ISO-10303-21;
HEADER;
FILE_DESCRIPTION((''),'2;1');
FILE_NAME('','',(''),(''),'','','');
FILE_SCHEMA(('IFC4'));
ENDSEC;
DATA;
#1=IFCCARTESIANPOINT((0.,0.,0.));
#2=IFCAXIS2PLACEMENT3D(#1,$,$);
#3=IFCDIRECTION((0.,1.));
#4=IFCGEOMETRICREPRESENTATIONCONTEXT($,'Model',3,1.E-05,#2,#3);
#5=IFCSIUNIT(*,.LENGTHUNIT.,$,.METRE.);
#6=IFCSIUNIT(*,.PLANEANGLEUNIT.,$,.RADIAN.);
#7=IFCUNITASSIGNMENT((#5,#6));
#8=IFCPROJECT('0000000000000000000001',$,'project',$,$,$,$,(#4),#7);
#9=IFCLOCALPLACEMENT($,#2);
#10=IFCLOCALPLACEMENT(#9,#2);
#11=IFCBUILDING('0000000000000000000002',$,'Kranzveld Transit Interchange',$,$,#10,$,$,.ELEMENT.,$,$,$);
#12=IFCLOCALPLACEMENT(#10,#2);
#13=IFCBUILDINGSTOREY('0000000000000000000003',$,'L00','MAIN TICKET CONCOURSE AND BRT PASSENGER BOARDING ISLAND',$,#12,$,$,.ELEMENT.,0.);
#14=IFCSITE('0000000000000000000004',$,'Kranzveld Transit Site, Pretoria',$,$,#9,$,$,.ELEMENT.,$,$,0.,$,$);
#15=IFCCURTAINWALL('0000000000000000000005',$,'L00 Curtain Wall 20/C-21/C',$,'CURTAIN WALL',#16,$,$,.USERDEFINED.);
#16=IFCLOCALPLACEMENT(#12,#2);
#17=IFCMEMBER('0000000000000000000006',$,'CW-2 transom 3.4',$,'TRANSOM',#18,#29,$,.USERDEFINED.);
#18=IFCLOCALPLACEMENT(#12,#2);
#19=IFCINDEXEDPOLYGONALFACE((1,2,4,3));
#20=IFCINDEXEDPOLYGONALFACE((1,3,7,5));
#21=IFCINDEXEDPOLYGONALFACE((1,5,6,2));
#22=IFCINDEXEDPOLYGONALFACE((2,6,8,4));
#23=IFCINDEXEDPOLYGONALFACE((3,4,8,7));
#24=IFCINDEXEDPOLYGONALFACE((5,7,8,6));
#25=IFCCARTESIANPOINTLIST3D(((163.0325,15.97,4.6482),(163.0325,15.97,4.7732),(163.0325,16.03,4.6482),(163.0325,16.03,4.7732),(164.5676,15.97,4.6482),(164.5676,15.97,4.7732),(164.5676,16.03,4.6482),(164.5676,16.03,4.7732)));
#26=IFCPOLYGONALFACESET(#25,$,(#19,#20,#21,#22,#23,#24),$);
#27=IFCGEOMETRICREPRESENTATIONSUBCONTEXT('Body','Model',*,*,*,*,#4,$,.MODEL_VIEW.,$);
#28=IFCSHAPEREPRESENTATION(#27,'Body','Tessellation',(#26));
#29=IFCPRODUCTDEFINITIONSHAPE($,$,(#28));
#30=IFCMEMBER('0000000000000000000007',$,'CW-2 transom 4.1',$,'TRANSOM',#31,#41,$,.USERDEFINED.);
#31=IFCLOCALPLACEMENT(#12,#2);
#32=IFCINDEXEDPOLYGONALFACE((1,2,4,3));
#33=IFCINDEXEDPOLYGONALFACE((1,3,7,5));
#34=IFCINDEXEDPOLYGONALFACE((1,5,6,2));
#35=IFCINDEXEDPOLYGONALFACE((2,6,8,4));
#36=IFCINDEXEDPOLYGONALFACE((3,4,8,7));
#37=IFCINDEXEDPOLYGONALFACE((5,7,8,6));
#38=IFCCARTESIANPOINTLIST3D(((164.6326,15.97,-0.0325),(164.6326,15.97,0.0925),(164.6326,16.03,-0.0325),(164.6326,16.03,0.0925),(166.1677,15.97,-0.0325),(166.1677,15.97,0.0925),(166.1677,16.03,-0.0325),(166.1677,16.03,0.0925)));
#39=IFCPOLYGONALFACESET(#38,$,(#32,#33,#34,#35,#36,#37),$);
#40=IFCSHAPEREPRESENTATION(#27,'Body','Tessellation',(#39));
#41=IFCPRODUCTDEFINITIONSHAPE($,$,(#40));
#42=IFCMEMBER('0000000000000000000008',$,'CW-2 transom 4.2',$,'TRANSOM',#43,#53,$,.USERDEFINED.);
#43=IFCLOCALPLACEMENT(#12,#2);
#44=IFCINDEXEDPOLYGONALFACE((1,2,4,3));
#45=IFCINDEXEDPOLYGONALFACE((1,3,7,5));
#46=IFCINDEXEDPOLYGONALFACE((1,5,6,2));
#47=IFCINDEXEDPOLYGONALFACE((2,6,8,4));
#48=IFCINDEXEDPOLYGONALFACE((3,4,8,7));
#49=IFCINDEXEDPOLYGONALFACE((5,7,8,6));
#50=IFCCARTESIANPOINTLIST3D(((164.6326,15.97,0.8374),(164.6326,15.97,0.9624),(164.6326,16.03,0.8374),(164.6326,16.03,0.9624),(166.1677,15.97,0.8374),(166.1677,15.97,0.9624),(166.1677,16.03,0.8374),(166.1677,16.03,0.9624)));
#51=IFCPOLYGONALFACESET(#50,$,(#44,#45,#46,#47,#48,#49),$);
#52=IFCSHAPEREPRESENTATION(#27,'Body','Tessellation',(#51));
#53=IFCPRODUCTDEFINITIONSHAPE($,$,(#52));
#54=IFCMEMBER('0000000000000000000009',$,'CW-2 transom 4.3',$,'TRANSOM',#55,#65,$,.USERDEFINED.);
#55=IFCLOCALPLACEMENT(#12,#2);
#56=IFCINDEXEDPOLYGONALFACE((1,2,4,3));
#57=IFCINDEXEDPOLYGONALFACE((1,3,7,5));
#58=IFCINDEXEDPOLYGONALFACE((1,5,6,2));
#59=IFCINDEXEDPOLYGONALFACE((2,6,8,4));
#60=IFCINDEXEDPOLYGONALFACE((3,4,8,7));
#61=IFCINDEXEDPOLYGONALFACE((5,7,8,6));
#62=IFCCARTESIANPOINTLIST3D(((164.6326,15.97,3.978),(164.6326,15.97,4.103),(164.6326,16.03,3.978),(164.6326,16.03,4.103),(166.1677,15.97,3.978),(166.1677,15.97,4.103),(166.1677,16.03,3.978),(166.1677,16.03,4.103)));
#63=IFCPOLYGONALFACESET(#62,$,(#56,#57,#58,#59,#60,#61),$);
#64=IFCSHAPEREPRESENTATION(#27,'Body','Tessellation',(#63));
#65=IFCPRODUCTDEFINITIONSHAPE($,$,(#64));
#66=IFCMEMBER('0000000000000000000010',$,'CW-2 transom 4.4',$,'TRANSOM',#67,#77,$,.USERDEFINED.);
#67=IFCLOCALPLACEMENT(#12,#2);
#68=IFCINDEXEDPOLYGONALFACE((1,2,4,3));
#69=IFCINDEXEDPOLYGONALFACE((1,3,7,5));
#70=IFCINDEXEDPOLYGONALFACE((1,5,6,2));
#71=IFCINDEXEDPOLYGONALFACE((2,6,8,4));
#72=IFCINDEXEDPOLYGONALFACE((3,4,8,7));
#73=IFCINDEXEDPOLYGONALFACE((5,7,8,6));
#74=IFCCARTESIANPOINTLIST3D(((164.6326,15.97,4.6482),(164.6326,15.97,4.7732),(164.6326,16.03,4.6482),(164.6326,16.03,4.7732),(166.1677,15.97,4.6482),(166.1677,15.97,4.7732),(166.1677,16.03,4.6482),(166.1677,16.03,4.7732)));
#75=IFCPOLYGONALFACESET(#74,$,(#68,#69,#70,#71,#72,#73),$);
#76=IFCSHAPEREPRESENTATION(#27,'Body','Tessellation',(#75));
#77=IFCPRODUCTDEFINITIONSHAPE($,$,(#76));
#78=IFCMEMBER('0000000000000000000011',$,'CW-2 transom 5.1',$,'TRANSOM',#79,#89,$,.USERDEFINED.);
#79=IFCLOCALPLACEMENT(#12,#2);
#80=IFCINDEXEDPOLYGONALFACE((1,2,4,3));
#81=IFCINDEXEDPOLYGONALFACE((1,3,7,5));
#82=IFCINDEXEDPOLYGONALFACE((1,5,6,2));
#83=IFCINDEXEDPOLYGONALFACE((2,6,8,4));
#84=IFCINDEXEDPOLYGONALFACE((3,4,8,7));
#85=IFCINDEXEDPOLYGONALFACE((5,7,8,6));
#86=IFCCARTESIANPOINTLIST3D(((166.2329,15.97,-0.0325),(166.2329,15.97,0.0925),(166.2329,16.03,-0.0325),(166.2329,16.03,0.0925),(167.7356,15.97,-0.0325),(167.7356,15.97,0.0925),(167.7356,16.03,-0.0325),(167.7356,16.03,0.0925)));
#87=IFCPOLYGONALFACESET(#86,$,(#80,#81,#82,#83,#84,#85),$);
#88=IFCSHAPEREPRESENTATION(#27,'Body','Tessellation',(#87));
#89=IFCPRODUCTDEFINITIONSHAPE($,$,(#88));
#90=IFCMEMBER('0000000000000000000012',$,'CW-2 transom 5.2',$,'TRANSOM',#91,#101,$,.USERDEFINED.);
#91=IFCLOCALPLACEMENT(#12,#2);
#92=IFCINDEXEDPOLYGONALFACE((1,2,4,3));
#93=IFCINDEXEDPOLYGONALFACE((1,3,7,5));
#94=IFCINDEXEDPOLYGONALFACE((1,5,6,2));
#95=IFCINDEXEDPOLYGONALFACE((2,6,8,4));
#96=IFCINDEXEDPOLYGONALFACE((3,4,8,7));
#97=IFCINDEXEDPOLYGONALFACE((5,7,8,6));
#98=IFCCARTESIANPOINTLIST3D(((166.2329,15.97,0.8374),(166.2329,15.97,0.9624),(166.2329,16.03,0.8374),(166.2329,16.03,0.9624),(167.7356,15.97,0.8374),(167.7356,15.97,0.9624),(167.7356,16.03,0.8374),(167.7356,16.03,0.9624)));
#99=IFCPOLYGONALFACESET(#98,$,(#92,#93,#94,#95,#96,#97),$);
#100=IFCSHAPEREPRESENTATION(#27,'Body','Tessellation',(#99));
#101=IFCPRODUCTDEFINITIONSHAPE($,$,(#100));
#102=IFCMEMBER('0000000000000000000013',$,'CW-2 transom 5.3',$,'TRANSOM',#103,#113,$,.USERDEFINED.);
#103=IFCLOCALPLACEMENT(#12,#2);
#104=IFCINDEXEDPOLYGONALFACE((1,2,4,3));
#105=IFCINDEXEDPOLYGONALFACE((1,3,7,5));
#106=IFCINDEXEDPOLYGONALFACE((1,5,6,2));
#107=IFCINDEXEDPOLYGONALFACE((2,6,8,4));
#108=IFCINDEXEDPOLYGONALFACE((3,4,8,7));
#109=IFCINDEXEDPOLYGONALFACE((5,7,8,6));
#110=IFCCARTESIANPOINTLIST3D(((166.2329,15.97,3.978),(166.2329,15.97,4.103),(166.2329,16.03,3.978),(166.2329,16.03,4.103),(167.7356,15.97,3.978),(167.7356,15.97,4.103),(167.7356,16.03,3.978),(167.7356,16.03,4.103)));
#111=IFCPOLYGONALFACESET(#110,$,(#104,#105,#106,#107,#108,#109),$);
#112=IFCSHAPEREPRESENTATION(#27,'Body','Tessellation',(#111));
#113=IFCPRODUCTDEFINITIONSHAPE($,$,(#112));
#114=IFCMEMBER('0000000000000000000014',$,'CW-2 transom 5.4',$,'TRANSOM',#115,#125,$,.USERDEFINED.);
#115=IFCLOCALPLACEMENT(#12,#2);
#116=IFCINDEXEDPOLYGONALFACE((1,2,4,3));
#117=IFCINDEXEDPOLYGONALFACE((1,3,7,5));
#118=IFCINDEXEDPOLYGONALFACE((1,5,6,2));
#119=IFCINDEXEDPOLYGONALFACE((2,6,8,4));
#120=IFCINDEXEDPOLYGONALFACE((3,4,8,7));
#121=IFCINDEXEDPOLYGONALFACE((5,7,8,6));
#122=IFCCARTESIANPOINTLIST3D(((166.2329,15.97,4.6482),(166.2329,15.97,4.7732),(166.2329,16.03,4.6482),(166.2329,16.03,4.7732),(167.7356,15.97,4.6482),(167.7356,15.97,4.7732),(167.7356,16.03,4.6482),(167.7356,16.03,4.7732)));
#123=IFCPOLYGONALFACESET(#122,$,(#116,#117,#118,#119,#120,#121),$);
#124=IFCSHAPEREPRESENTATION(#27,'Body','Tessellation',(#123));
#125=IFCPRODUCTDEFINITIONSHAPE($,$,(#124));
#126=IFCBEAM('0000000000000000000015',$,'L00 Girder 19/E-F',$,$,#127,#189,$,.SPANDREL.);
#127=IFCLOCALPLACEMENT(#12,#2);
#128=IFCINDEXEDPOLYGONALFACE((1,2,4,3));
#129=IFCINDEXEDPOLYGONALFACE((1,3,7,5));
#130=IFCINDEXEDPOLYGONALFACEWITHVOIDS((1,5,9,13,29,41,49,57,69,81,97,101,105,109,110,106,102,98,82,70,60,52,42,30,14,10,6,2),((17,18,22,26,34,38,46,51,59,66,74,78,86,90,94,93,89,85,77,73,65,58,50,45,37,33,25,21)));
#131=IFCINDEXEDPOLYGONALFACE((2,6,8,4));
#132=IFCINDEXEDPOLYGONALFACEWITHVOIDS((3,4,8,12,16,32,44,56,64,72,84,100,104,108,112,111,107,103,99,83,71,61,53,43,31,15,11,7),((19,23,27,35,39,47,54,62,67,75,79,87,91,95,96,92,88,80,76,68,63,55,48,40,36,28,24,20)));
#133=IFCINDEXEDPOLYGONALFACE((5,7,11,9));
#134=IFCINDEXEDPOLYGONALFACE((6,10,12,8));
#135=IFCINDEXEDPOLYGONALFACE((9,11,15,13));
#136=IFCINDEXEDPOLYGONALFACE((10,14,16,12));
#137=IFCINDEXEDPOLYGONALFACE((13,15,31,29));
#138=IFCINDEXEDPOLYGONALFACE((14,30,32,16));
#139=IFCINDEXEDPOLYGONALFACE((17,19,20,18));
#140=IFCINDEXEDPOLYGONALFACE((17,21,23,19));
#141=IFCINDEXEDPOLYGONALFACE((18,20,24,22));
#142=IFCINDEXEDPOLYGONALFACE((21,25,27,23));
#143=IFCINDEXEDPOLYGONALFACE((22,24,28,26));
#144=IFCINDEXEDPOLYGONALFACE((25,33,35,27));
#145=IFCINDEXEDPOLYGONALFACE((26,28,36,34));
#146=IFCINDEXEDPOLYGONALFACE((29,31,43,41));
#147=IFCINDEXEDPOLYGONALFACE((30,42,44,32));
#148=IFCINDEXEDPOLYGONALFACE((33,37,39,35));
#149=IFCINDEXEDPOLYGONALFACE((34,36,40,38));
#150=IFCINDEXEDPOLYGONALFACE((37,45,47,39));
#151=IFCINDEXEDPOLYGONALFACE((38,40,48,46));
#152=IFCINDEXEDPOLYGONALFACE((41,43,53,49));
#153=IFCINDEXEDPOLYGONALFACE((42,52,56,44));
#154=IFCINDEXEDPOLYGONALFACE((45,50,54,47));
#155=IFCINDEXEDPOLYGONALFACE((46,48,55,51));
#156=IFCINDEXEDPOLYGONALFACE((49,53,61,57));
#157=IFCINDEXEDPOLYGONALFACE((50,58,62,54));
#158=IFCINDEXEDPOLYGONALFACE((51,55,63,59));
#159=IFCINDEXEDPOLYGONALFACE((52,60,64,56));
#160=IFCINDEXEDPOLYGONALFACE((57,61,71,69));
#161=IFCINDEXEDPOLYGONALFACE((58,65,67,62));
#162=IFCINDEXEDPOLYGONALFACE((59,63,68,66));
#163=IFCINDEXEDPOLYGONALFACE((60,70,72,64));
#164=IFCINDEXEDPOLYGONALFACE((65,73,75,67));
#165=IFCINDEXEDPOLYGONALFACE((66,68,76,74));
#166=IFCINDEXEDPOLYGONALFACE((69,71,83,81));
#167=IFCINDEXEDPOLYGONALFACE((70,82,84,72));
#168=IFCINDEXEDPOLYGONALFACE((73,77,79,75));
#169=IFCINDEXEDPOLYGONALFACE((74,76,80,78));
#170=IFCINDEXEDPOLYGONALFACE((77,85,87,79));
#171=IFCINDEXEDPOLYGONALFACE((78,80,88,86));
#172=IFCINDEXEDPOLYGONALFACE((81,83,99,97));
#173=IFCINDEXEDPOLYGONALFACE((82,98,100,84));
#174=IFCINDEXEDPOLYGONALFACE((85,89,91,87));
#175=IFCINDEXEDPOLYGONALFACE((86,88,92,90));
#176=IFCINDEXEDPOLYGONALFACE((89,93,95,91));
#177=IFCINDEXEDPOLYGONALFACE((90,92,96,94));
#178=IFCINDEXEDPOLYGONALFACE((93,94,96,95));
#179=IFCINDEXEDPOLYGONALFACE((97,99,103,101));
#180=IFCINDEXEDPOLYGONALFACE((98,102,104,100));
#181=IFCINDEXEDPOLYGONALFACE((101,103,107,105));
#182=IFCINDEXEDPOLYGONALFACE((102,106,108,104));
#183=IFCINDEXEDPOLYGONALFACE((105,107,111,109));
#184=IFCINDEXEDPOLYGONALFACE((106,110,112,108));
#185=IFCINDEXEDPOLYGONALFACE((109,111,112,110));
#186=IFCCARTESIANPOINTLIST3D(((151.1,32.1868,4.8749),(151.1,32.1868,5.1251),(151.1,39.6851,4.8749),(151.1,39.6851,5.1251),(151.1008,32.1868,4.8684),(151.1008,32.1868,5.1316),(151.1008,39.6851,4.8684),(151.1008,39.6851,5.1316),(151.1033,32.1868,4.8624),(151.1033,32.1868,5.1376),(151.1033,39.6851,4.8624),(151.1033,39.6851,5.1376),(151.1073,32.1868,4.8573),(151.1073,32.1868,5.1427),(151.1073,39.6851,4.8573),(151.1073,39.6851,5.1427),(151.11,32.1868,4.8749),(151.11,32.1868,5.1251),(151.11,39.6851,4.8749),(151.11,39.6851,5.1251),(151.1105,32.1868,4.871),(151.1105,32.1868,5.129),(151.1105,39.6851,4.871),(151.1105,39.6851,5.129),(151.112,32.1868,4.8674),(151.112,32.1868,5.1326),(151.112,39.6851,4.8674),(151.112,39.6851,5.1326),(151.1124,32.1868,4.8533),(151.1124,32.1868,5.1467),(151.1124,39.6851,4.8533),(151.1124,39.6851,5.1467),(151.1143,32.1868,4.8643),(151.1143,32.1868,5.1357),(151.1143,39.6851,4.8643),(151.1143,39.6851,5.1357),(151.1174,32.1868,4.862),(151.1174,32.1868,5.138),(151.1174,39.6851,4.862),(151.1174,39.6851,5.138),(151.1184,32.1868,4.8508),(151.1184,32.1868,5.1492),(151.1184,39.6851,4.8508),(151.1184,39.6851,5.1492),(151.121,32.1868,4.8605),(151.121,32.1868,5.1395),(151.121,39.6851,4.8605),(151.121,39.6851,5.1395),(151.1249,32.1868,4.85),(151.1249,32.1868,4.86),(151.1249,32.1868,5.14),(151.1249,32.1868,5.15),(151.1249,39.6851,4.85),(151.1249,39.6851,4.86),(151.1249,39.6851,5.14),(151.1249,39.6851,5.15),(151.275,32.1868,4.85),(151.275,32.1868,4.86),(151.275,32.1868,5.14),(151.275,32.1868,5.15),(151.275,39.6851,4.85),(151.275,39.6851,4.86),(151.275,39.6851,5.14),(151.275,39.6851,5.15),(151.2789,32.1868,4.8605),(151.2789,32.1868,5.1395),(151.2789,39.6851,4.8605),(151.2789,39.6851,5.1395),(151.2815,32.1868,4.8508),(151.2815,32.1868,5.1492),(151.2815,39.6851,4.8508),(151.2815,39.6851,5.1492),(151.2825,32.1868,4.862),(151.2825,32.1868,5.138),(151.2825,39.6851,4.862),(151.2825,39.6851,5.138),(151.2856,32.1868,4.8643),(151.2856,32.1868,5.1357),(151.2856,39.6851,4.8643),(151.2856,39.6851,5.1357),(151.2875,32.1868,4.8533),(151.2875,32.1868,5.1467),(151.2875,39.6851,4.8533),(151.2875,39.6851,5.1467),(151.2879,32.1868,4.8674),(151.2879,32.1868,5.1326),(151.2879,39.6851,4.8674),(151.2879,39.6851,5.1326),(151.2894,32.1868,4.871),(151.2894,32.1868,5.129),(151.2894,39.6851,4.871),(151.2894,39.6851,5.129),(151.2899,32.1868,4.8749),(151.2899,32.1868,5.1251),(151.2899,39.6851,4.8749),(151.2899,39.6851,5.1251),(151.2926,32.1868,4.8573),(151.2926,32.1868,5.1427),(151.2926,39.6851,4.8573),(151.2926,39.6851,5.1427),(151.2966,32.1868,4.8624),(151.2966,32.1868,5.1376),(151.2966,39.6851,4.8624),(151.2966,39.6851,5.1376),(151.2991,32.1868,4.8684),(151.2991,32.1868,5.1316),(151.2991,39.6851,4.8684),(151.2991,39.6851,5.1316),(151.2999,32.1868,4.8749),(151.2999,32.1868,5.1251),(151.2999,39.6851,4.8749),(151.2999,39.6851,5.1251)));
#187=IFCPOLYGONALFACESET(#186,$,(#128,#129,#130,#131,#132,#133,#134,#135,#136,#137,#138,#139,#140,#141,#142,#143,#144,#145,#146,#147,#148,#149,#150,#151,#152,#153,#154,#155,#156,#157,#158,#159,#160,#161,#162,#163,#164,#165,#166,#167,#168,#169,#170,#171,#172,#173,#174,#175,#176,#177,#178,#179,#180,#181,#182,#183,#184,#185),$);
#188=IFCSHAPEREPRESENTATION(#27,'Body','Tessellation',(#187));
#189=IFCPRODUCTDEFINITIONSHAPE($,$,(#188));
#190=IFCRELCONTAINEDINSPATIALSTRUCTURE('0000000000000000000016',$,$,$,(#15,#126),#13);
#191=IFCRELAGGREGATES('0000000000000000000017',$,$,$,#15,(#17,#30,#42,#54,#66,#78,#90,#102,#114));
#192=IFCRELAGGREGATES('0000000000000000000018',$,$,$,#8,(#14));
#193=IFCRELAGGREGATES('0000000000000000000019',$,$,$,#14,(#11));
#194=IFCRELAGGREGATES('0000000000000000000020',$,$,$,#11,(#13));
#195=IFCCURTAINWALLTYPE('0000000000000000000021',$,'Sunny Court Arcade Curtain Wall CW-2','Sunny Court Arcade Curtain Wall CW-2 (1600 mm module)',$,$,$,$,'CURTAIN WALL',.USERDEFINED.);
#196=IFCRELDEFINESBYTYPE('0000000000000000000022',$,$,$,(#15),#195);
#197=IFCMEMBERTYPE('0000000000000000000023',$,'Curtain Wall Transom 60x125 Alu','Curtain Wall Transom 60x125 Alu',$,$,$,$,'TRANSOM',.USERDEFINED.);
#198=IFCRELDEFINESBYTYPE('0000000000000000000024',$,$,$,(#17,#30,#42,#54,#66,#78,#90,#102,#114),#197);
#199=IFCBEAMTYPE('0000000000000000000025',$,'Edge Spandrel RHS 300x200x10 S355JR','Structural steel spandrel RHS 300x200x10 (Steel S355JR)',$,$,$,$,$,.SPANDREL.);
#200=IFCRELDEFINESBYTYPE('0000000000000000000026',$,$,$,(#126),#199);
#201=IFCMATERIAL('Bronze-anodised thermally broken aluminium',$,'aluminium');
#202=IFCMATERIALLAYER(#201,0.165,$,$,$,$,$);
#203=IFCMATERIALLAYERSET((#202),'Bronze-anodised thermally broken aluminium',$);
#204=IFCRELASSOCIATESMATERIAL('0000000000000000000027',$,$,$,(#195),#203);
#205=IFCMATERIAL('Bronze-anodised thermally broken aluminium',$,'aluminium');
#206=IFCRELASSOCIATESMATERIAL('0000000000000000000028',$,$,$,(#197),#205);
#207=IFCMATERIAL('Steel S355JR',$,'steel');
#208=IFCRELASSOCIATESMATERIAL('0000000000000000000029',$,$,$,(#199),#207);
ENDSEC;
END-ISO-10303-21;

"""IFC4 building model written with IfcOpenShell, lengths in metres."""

from ifc_helpers import new_model, si_unit, direction, frame, origin, origin_2d, place, context, subcontext, project, spatial, rectangle, hollow_rectangle, extrude, material, layer, layer_set, material_profile, profile_set, type_object, element, aggregate, save


model = new_model("IFC4")

# Units and contexts
model_context = context("Model", 3, precision=1e-05, world=origin(), true_north=direction((0.0, 1.0)))
body_context = subcontext(model_context, "Body", "Model", "MODEL_VIEW")
ifc_project = project(units=[si_unit("LENGTHUNIT", "METRE"), si_unit("PLANEANGLEUNIT", "RADIAN")], contexts=[model_context])

# Site, building, storey
site_placement = place(None, origin())
site = spatial("IfcSite", under=ifc_project, at=site_placement, Name="Kranzveld Transit Site, Pretoria", CompositionType="ELEMENT", RefElevation=0.0)
building_placement = place(site_placement, origin())
building = spatial("IfcBuilding", under=site, at=building_placement, Name="Kranzveld Transit Interchange", CompositionType="ELEMENT")
storey_placement = place(building_placement, origin())
storey = spatial("IfcBuildingStorey", under=building, at=storey_placement, Name="L00", Description="MAIN TICKET CONCOURSE AND BRT PASSENGER BOARDING ISLAND", CompositionType="ELEMENT", Elevation=0.0)

# Curtain wall, members
ifc_material_1 = material(Name="Bronze-anodised thermally broken aluminium", Category="aluminium")
ifc_layer_1 = layer(ifc_material_1, 0.165)
ifc_layer_set_1 = layer_set([ifc_layer_1], Name="Bronze-anodised thermally broken aluminium")
curtain_wall_type = type_object("IfcCurtainWallType", Name="Sunny Court Arcade Curtain Wall CW-2", Description="Sunny Court Arcade Curtain Wall CW-2 (1600 mm module)", ElementType="CURTAIN WALL", PredefinedType="USERDEFINED", material=ifc_layer_set_1)
curtain_wall_placement = place(storey_placement, origin())
curtain_wall = element("IfcCurtainWall", 1, at=curtain_wall_placement, inside=storey, type_object=curtain_wall_type, Name="L00 Curtain Wall 20/C-21/C", ObjectType="CURTAIN WALL", PredefinedType="USERDEFINED")
ifc_material_2 = material(Name="Bronze-anodised thermally broken aluminium", Category="aluminium")
ifc_material_profile_1 = material_profile(ifc_material_2, rectangle(XDim=0.0601, YDim=0.125, at=origin_2d()), Name="ALU TRANSOM 60x125")
ifc_profile_set_1 = profile_set([ifc_material_profile_1], Name="Bronze-anodised thermally broken aluminium")
member_type_1 = type_object("IfcMemberType", Name="Curtain Wall Transom 60x125 Alu", Description="Curtain Wall Transom 60x125 Alu", ElementType="TRANSOM", PredefinedType="USERDEFINED", material=ifc_profile_set_1)
member_1_placement = place(storey_placement, frame((163.0325, 16.0, 4.7107), z_axis=(1.0, 0.0, 0.0), x_axis=(0.0, 1.0, 0.0)))
member_1 = element("IfcMember", 2, at=member_1_placement, type_object=member_type_1, Name="CW-2 transom 3.4", ObjectType="TRANSOM", PredefinedType="USERDEFINED", context=body_context, shape_type="SweptSolid", body=[
    extrude(rectangle(XDim=0.0601, YDim=0.125, at=origin_2d()), origin(), (0.0, 0.0, 1.0), 1.5352),
])
member_2_placement = place(storey_placement, frame((164.6326, 16.0, 0.03), z_axis=(1.0, 0.0, 0.0), x_axis=(0.0, 1.0, 0.0)))
member_2 = element("IfcMember", 3, at=member_2_placement, type_object=member_type_1, Name="CW-2 transom 4.1", ObjectType="TRANSOM", PredefinedType="USERDEFINED", context=body_context, shape_type="SweptSolid", body=[
    extrude(rectangle(XDim=0.0601, YDim=0.125, at=origin_2d()), origin(), (0.0, 0.0, 1.0), 1.5352),
])
member_3_placement = place(storey_placement, frame((164.6326, 16.0, 0.8999), z_axis=(1.0, 0.0, 0.0), x_axis=(0.0, 1.0, 0.0)))
member_3 = element("IfcMember", 4, at=member_3_placement, type_object=member_type_1, Name="CW-2 transom 4.2", ObjectType="TRANSOM", PredefinedType="USERDEFINED", context=body_context, shape_type="SweptSolid", body=[
    extrude(rectangle(XDim=0.0601, YDim=0.125, at=origin_2d()), origin(), (0.0, 0.0, 1.0), 1.5352),
])
member_4_placement = place(storey_placement, frame((164.6326, 16.0, 4.0405), z_axis=(1.0, 0.0, 0.0), x_axis=(0.0, 1.0, 0.0)))
member_4 = element("IfcMember", 5, at=member_4_placement, type_object=member_type_1, Name="CW-2 transom 4.3", ObjectType="TRANSOM", PredefinedType="USERDEFINED", context=body_context, shape_type="SweptSolid", body=[
    extrude(rectangle(XDim=0.0601, YDim=0.125, at=origin_2d()), origin(), (0.0, 0.0, 1.0), 1.5352),
])
member_5_placement = place(storey_placement, frame((164.6326, 16.0, 4.7107), z_axis=(1.0, 0.0, 0.0), x_axis=(0.0, 1.0, 0.0)))
member_5 = element("IfcMember", 6, at=member_5_placement, type_object=member_type_1, Name="CW-2 transom 4.4", ObjectType="TRANSOM", PredefinedType="USERDEFINED", context=body_context, shape_type="SweptSolid", body=[
    extrude(rectangle(XDim=0.0601, YDim=0.125, at=origin_2d()), origin(), (0.0, 0.0, 1.0), 1.5352),
])
member_6_placement = place(storey_placement, frame((166.2329, 16.0, 0.03), z_axis=(1.0, 0.0, 0.0), x_axis=(0.0, 1.0, 0.0)))
member_6 = element("IfcMember", 7, at=member_6_placement, type_object=member_type_1, Name="CW-2 transom 5.1", ObjectType="TRANSOM", PredefinedType="USERDEFINED", context=body_context, shape_type="SweptSolid", body=[
    extrude(rectangle(XDim=0.0601, YDim=0.125, at=origin_2d()), origin(), (0.0, 0.0, 1.0), 1.5027),
])
member_7_placement = place(storey_placement, frame((166.2329, 16.0, 0.8999), z_axis=(1.0, 0.0, 0.0), x_axis=(0.0, 1.0, 0.0)))
member_7 = element("IfcMember", 8, at=member_7_placement, type_object=member_type_1, Name="CW-2 transom 5.2", ObjectType="TRANSOM", PredefinedType="USERDEFINED", context=body_context, shape_type="SweptSolid", body=[
    extrude(rectangle(XDim=0.0601, YDim=0.125, at=origin_2d()), origin(), (0.0, 0.0, 1.0), 1.5027),
])
member_8_placement = place(storey_placement, frame((166.2329, 16.0, 4.0405), z_axis=(1.0, 0.0, 0.0), x_axis=(0.0, 1.0, 0.0)))
member_8 = element("IfcMember", 9, at=member_8_placement, type_object=member_type_1, Name="CW-2 transom 5.3", ObjectType="TRANSOM", PredefinedType="USERDEFINED", context=body_context, shape_type="SweptSolid", body=[
    extrude(rectangle(XDim=0.0601, YDim=0.125, at=origin_2d()), origin(), (0.0, 0.0, 1.0), 1.5027),
])
member_9_placement = place(storey_placement, frame((166.2329, 16.0, 4.7107), z_axis=(1.0, 0.0, 0.0), x_axis=(0.0, 1.0, 0.0)))
member_9 = element("IfcMember", 10, at=member_9_placement, type_object=member_type_1, Name="CW-2 transom 5.4", ObjectType="TRANSOM", PredefinedType="USERDEFINED", context=body_context, shape_type="SweptSolid", body=[
    extrude(rectangle(XDim=0.0601, YDim=0.125, at=origin_2d()), origin(), (0.0, 0.0, 1.0), 1.5027),
])

# Beam
ifc_material_3 = material(Name="Steel S355JR", Category="steel")
ifc_material_profile_2 = material_profile(ifc_material_3, hollow_rectangle(XDim=0.2, YDim=0.3, WallThickness=0.01, InnerFilletRadius=0.0149, OuterFilletRadius=0.0249, at=origin_2d()), Name="RHS 300x200x10")
ifc_profile_set_2 = profile_set([ifc_material_profile_2], Name="Steel S355JR")
beam_type_1 = type_object("IfcBeamType", Name="Edge Spandrel RHS 300x200x10 S355JR", Description="Structural steel spandrel RHS 300x200x10 (Steel S355JR)", PredefinedType="SPANDREL", material=ifc_profile_set_2)
beam_1_placement = place(storey_placement, frame((151.2, 32.1868, 5.0), z_axis=(0.0, 1.0, 0.0), x_axis=(-1.0, 0.0, 0.0)))
element("IfcBeam", 11, at=beam_1_placement, inside=storey, type_object=beam_type_1, Name="L00 Girder 19/E-F", PredefinedType="SPANDREL", context=body_context, shape_type="SweptSolid", body=[
    extrude(hollow_rectangle(XDim=0.2, YDim=0.3, WallThickness=0.01, InnerFilletRadius=0.0149, OuterFilletRadius=0.0249, at=origin_2d()), origin(), (0.0, 0.0, 1.0), 7.4983),
])

aggregate(curtain_wall, [member_1, member_2, member_3, member_4, member_5, member_6, member_7, member_8, member_9])

save(model, "model.ifc")
